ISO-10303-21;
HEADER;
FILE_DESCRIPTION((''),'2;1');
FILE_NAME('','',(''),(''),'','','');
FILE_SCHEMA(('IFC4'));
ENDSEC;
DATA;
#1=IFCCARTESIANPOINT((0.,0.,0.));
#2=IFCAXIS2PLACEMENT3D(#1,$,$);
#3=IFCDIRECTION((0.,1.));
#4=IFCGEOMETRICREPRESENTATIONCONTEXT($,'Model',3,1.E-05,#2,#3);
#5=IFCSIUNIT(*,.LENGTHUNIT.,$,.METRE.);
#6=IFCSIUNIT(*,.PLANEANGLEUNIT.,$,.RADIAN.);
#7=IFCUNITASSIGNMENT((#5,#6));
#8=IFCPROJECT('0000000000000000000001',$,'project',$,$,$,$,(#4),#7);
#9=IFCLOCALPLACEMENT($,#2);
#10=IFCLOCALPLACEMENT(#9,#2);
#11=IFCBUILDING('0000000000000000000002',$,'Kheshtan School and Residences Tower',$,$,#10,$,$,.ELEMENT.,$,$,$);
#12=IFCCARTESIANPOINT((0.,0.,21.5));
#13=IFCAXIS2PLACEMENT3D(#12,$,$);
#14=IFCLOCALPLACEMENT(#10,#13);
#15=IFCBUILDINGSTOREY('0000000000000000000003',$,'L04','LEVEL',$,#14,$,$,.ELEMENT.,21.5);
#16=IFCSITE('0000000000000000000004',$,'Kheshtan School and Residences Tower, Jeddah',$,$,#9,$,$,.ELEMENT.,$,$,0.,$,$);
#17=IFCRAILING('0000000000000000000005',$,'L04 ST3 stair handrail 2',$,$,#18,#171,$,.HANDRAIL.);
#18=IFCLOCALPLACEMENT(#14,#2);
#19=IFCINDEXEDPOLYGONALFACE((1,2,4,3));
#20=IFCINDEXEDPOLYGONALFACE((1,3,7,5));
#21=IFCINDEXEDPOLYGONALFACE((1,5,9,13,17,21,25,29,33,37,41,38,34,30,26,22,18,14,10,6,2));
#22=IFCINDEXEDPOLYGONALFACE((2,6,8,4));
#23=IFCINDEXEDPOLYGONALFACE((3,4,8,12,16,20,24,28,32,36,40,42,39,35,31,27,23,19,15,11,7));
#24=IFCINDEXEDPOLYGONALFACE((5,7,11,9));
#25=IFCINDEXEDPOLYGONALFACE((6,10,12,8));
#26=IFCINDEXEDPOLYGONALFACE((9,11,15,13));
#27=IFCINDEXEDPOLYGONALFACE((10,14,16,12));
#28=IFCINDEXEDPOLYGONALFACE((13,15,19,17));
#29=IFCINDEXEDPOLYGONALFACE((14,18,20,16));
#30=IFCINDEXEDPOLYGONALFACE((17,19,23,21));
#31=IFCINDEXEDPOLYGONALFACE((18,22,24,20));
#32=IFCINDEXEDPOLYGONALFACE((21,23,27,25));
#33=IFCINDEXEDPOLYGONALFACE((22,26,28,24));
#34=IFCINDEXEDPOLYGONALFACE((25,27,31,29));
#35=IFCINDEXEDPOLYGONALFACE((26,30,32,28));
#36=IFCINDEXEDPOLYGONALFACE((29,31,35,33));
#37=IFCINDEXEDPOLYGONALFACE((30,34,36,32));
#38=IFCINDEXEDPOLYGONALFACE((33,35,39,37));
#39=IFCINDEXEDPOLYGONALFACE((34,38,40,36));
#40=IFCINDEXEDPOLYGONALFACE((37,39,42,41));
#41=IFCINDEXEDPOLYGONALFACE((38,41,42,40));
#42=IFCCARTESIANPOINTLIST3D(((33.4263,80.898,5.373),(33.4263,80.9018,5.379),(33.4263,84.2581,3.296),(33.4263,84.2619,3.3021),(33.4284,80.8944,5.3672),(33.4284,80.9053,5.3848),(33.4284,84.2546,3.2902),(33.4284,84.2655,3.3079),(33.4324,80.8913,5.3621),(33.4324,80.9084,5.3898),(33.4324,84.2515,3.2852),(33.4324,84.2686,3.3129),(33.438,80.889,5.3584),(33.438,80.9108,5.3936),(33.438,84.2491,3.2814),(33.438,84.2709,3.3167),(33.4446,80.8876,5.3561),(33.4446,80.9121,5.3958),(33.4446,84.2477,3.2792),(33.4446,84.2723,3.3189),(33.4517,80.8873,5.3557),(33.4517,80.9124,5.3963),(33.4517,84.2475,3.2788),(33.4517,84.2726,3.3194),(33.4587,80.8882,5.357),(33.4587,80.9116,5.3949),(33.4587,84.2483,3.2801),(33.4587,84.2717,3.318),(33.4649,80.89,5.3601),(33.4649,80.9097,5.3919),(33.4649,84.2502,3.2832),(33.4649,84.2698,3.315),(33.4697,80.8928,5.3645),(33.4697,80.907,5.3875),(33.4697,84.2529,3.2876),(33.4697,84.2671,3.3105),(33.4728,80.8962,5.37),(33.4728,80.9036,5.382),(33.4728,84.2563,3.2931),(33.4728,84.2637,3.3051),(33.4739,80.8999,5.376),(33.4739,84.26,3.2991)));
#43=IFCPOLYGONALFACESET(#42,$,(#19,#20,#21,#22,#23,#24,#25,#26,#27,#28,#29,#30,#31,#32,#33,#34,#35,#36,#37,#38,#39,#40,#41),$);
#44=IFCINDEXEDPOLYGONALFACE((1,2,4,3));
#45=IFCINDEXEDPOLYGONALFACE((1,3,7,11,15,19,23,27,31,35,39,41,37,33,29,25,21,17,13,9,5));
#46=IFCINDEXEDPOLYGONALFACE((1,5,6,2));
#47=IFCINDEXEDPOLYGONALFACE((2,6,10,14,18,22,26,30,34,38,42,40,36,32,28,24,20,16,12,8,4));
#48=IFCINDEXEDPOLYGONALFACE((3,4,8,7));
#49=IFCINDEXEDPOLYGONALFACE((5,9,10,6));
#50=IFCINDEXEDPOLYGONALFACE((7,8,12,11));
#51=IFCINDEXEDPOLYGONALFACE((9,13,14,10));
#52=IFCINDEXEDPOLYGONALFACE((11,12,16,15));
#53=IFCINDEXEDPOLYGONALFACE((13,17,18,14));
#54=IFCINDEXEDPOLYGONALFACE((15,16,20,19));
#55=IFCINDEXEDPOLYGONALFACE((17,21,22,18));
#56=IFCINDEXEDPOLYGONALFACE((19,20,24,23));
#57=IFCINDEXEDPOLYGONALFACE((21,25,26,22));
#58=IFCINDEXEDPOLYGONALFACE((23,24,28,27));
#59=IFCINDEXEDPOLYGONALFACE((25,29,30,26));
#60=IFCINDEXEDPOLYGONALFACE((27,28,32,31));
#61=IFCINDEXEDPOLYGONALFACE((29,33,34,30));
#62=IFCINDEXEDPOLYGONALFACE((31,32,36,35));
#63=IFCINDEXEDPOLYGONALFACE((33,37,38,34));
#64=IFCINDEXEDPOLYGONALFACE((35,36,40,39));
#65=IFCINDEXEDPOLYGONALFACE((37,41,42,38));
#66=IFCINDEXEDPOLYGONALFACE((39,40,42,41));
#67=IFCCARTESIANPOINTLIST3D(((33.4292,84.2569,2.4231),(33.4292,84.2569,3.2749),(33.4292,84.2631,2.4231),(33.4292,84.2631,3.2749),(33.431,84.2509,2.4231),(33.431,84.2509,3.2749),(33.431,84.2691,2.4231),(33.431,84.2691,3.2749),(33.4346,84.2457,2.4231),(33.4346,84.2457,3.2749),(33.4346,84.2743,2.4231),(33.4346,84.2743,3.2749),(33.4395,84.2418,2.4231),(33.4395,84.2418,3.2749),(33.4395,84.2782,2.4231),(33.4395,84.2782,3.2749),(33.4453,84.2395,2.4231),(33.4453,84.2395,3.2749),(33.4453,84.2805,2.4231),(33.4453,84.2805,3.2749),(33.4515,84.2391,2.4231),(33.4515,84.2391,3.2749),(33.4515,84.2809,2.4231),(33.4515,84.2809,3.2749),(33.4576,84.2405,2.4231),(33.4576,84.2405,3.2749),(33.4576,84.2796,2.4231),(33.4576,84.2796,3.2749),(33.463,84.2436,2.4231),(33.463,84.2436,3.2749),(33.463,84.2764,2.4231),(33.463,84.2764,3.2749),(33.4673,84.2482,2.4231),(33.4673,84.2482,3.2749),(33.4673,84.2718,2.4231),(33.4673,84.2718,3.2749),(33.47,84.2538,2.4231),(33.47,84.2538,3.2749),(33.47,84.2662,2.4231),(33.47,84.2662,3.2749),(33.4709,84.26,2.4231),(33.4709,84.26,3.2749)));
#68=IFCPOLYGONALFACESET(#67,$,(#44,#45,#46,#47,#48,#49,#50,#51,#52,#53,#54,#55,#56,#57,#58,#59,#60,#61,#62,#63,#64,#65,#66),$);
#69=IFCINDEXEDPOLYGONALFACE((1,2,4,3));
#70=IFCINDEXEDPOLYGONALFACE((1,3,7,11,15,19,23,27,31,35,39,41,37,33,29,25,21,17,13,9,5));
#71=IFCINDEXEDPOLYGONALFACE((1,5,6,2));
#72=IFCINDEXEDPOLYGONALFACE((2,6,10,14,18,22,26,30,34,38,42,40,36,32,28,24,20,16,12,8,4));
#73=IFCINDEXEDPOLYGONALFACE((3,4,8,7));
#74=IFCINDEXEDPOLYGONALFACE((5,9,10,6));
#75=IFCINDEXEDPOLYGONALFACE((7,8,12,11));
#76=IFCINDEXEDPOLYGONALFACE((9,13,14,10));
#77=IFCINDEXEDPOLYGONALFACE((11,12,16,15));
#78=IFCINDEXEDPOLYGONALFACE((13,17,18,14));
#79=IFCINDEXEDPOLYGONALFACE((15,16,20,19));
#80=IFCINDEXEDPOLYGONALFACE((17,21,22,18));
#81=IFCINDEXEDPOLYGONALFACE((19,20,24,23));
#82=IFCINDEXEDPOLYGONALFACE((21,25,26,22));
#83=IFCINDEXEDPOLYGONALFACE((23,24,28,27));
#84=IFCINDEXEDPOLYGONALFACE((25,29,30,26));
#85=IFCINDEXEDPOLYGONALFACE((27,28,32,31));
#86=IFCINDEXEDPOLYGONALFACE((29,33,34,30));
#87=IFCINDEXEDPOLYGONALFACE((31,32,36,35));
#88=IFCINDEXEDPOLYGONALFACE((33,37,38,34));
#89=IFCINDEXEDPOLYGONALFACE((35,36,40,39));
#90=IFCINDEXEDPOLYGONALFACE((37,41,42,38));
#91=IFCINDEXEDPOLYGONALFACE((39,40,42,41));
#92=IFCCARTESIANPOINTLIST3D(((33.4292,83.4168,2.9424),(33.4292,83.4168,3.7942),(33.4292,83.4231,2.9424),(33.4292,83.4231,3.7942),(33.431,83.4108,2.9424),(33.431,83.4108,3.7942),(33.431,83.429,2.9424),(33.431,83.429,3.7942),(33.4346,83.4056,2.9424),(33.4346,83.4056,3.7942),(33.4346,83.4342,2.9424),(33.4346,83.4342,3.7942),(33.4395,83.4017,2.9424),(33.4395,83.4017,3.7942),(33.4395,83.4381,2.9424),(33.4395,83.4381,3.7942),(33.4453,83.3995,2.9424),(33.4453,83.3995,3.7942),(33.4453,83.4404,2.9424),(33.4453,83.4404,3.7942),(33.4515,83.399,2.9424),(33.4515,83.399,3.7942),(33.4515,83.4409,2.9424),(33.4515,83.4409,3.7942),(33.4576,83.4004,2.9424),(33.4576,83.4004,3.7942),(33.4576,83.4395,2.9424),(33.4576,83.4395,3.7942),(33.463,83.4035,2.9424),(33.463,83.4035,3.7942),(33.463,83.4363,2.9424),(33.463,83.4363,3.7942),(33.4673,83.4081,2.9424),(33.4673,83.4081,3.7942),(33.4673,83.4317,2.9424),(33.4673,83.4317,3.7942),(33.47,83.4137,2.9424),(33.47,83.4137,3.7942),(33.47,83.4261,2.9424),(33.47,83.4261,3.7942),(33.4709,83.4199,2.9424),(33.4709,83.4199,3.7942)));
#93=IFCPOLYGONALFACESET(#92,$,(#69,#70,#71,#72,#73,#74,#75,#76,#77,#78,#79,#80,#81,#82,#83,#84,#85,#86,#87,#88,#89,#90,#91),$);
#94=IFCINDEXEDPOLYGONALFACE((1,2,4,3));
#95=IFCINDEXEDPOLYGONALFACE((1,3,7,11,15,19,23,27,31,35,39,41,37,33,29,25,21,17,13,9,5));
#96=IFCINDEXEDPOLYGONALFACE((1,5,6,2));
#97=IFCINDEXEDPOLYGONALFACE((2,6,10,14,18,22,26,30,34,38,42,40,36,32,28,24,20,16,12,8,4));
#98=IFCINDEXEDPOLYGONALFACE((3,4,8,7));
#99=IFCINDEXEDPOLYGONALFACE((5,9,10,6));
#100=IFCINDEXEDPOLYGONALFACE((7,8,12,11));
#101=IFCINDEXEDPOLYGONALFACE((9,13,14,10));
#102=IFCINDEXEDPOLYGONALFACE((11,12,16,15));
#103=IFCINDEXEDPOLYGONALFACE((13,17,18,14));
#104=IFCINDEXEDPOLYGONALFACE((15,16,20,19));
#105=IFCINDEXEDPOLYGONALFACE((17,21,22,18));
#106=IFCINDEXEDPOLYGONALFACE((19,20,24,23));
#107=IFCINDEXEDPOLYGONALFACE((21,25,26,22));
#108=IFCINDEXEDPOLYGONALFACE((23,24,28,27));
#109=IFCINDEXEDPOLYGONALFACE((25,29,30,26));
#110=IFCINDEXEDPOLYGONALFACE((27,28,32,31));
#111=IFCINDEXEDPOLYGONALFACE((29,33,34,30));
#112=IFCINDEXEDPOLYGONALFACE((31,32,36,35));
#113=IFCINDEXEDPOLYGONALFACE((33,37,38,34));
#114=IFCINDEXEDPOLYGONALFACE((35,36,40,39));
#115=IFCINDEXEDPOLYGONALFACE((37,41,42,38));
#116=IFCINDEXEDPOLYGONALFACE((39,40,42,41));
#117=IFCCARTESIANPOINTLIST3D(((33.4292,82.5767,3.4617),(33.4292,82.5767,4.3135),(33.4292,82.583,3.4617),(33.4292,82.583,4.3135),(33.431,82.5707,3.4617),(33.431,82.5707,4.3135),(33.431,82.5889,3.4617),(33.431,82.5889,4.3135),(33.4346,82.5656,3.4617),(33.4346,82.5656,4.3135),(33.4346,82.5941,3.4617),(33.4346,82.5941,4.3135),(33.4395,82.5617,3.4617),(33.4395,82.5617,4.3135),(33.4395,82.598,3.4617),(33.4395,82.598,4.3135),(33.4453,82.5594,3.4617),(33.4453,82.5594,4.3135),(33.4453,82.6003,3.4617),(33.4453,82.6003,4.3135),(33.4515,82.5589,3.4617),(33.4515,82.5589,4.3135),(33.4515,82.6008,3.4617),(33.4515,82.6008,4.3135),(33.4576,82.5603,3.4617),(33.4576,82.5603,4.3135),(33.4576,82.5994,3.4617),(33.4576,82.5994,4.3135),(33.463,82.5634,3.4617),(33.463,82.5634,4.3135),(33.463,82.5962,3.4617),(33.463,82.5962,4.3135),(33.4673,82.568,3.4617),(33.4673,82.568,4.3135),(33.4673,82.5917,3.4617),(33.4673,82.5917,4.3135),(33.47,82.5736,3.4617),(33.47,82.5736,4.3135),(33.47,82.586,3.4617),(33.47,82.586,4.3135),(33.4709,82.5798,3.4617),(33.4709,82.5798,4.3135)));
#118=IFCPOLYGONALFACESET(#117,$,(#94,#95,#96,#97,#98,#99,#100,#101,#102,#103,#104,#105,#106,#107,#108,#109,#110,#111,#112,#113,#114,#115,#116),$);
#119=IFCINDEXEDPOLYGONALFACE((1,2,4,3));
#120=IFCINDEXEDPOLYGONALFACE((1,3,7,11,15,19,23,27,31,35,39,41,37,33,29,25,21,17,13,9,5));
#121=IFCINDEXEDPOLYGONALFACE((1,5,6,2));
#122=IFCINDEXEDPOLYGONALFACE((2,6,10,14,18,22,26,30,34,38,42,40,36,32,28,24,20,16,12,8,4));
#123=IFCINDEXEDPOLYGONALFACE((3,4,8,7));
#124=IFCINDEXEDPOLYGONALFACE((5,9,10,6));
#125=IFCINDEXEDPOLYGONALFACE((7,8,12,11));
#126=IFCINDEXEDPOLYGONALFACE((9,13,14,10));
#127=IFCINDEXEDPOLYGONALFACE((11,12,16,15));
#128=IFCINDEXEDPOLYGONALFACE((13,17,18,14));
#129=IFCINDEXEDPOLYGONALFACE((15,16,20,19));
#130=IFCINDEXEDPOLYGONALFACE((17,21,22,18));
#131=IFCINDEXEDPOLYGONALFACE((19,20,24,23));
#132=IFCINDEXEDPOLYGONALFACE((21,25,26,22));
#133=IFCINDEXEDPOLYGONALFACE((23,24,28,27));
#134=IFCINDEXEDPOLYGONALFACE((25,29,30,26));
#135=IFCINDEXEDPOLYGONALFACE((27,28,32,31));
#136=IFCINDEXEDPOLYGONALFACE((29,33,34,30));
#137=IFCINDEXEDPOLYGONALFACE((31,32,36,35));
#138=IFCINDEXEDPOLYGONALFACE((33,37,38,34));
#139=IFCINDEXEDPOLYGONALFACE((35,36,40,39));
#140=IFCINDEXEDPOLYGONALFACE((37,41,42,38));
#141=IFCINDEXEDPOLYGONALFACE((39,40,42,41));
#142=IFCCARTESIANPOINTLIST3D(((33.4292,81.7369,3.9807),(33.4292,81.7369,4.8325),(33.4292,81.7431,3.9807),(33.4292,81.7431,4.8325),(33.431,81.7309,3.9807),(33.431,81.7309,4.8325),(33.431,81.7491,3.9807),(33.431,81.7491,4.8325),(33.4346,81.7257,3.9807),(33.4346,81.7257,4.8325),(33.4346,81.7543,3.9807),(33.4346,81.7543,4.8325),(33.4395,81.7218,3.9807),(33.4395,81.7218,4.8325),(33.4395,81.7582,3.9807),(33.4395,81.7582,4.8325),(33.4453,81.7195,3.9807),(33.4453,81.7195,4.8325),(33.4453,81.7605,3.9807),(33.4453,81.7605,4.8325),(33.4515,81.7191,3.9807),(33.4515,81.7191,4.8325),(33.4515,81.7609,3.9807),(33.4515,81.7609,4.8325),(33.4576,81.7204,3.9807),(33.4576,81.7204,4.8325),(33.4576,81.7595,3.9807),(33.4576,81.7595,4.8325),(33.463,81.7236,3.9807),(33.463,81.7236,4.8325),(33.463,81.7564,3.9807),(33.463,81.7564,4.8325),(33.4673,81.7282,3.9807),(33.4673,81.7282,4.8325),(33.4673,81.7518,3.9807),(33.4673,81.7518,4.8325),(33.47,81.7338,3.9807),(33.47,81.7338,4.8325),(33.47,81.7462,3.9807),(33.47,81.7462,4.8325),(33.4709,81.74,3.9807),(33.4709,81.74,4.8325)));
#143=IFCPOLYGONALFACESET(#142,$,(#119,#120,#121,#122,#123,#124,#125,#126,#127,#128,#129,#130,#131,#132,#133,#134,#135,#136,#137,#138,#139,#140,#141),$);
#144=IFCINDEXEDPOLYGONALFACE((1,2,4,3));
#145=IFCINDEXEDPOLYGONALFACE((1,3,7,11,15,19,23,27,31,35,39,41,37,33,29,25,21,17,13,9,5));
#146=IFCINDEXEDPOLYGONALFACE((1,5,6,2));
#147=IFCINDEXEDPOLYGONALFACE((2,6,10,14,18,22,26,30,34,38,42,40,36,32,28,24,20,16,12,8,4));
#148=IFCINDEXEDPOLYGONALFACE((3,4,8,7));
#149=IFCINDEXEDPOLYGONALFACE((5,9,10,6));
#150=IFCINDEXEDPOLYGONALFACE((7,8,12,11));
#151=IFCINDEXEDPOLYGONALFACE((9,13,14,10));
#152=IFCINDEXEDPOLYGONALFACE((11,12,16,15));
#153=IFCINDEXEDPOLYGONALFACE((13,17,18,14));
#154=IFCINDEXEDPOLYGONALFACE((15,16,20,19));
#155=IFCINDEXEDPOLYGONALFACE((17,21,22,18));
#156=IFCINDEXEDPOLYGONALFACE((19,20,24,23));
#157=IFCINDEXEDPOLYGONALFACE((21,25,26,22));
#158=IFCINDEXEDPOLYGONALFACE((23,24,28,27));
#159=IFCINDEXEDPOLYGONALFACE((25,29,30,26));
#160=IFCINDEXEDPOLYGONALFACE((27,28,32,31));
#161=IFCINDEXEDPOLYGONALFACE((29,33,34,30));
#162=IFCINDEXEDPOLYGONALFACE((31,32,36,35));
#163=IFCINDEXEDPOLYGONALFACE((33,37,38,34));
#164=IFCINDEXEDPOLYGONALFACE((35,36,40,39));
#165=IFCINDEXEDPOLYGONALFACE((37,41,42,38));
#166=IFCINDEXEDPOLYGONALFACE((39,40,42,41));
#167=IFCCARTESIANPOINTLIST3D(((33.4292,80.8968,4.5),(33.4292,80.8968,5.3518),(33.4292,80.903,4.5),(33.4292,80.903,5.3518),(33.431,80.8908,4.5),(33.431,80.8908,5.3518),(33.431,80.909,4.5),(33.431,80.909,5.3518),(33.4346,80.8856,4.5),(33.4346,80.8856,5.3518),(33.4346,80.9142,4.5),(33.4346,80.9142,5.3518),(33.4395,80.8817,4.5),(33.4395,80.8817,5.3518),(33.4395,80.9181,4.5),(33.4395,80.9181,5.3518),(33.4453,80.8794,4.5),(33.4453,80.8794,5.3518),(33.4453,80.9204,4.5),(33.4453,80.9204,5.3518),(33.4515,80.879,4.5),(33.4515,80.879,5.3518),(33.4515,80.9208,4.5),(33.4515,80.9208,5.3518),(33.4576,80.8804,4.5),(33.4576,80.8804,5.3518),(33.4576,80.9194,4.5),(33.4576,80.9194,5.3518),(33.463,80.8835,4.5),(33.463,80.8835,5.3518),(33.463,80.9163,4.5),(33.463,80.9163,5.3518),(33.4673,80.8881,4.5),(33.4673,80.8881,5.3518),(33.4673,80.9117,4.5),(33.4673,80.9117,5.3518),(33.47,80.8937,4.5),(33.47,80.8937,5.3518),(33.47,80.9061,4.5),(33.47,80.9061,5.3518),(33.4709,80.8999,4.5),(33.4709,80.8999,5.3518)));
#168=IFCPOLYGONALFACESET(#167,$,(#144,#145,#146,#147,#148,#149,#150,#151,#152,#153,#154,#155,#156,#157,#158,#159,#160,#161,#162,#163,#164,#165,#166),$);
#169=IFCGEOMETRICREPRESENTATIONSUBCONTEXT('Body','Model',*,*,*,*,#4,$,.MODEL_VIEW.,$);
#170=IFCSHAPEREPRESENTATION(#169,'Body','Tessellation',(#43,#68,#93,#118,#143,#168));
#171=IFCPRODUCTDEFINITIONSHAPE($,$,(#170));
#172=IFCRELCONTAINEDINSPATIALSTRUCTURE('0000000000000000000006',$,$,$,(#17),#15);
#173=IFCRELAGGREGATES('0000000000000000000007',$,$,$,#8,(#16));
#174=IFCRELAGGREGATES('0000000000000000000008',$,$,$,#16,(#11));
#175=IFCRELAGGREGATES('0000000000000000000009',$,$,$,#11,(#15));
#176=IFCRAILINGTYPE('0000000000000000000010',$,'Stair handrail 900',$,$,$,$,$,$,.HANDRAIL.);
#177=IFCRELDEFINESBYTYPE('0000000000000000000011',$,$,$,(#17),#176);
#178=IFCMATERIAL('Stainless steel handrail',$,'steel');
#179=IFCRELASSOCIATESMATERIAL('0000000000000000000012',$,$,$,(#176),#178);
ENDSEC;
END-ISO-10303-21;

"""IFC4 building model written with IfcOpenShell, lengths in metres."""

from ifc_helpers import new_model, si_unit, direction, frame, origin, origin_2d, place, context, subcontext, project, spatial, circle, extrude, material, type_object, element, save


model = new_model("IFC4")

# Units and contexts
model_context = context("Model", 3, precision=1e-05, world=origin(), true_north=direction((0.0, 1.0)))
body_context = subcontext(model_context, "Body", "Model", "MODEL_VIEW")
ifc_project = project(units=[si_unit("LENGTHUNIT", "METRE"), si_unit("PLANEANGLEUNIT", "RADIAN")], contexts=[model_context])

# Site, building, storey
site_placement = place(None, origin())
site = spatial("IfcSite", under=ifc_project, at=site_placement, Name="Kheshtan School and Residences Tower, Jeddah", CompositionType="ELEMENT", RefElevation=0.0)
building_placement = place(site_placement, origin())
building = spatial("IfcBuilding", under=site, at=building_placement, Name="Kheshtan School and Residences Tower", CompositionType="ELEMENT")
storey_placement = place(building_placement, frame((0.0, 0.0, 21.5)))
storey = spatial("IfcBuildingStorey", under=building, at=storey_placement, Name="L04", Description="LEVEL", CompositionType="ELEMENT", Elevation=21.5)

# Railing
ifc_material_1 = material(Name="Stainless steel handrail", Category="steel")
railing_type = type_object("IfcRailingType", Name="Stair handrail 900", PredefinedType="HANDRAIL", material=ifc_material_1)
railing_placement = place(storey_placement, frame((33.45, 84.26, 2.4231)))
element("IfcRailing", 1, at=railing_placement, inside=storey, type_object=railing_type, Name="L04 ST3 stair handrail 2", PredefinedType="HANDRAIL", context=body_context, shape_type="SweptSolid", body=[
    extrude(circle(Radius=0.0239, at=origin_2d()), frame((0.0, 0.0, 0.876), z_axis=(0.0, -0.850623, 0.525776), x_axis=(1.0, 0.0, 0.0)), (0.0, 0.0, 1.0), 3.9502),
    extrude(circle(Radius=0.021, at=origin_2d()), origin(), (0.0, 0.0, 1.0), 0.8518),
    extrude(circle(Radius=0.021, at=origin_2d()), frame((0.0, -0.8401, 0.5193)), (0.0, 0.0, 1.0), 0.8518),
    extrude(circle(Radius=0.021, at=origin_2d()), frame((0.0, -1.6802, 1.0386)), (0.0, 0.0, 1.0), 0.8518),
    extrude(circle(Radius=0.021, at=origin_2d()), frame((0.0, -2.52, 1.5576)), (0.0, 0.0, 1.0), 0.8518),
    extrude(circle(Radius=0.021, at=origin_2d()), frame((0.0, -3.3601, 2.0769)), (0.0, 0.0, 1.0), 0.8518),
])

save(model, "model.ifc")
